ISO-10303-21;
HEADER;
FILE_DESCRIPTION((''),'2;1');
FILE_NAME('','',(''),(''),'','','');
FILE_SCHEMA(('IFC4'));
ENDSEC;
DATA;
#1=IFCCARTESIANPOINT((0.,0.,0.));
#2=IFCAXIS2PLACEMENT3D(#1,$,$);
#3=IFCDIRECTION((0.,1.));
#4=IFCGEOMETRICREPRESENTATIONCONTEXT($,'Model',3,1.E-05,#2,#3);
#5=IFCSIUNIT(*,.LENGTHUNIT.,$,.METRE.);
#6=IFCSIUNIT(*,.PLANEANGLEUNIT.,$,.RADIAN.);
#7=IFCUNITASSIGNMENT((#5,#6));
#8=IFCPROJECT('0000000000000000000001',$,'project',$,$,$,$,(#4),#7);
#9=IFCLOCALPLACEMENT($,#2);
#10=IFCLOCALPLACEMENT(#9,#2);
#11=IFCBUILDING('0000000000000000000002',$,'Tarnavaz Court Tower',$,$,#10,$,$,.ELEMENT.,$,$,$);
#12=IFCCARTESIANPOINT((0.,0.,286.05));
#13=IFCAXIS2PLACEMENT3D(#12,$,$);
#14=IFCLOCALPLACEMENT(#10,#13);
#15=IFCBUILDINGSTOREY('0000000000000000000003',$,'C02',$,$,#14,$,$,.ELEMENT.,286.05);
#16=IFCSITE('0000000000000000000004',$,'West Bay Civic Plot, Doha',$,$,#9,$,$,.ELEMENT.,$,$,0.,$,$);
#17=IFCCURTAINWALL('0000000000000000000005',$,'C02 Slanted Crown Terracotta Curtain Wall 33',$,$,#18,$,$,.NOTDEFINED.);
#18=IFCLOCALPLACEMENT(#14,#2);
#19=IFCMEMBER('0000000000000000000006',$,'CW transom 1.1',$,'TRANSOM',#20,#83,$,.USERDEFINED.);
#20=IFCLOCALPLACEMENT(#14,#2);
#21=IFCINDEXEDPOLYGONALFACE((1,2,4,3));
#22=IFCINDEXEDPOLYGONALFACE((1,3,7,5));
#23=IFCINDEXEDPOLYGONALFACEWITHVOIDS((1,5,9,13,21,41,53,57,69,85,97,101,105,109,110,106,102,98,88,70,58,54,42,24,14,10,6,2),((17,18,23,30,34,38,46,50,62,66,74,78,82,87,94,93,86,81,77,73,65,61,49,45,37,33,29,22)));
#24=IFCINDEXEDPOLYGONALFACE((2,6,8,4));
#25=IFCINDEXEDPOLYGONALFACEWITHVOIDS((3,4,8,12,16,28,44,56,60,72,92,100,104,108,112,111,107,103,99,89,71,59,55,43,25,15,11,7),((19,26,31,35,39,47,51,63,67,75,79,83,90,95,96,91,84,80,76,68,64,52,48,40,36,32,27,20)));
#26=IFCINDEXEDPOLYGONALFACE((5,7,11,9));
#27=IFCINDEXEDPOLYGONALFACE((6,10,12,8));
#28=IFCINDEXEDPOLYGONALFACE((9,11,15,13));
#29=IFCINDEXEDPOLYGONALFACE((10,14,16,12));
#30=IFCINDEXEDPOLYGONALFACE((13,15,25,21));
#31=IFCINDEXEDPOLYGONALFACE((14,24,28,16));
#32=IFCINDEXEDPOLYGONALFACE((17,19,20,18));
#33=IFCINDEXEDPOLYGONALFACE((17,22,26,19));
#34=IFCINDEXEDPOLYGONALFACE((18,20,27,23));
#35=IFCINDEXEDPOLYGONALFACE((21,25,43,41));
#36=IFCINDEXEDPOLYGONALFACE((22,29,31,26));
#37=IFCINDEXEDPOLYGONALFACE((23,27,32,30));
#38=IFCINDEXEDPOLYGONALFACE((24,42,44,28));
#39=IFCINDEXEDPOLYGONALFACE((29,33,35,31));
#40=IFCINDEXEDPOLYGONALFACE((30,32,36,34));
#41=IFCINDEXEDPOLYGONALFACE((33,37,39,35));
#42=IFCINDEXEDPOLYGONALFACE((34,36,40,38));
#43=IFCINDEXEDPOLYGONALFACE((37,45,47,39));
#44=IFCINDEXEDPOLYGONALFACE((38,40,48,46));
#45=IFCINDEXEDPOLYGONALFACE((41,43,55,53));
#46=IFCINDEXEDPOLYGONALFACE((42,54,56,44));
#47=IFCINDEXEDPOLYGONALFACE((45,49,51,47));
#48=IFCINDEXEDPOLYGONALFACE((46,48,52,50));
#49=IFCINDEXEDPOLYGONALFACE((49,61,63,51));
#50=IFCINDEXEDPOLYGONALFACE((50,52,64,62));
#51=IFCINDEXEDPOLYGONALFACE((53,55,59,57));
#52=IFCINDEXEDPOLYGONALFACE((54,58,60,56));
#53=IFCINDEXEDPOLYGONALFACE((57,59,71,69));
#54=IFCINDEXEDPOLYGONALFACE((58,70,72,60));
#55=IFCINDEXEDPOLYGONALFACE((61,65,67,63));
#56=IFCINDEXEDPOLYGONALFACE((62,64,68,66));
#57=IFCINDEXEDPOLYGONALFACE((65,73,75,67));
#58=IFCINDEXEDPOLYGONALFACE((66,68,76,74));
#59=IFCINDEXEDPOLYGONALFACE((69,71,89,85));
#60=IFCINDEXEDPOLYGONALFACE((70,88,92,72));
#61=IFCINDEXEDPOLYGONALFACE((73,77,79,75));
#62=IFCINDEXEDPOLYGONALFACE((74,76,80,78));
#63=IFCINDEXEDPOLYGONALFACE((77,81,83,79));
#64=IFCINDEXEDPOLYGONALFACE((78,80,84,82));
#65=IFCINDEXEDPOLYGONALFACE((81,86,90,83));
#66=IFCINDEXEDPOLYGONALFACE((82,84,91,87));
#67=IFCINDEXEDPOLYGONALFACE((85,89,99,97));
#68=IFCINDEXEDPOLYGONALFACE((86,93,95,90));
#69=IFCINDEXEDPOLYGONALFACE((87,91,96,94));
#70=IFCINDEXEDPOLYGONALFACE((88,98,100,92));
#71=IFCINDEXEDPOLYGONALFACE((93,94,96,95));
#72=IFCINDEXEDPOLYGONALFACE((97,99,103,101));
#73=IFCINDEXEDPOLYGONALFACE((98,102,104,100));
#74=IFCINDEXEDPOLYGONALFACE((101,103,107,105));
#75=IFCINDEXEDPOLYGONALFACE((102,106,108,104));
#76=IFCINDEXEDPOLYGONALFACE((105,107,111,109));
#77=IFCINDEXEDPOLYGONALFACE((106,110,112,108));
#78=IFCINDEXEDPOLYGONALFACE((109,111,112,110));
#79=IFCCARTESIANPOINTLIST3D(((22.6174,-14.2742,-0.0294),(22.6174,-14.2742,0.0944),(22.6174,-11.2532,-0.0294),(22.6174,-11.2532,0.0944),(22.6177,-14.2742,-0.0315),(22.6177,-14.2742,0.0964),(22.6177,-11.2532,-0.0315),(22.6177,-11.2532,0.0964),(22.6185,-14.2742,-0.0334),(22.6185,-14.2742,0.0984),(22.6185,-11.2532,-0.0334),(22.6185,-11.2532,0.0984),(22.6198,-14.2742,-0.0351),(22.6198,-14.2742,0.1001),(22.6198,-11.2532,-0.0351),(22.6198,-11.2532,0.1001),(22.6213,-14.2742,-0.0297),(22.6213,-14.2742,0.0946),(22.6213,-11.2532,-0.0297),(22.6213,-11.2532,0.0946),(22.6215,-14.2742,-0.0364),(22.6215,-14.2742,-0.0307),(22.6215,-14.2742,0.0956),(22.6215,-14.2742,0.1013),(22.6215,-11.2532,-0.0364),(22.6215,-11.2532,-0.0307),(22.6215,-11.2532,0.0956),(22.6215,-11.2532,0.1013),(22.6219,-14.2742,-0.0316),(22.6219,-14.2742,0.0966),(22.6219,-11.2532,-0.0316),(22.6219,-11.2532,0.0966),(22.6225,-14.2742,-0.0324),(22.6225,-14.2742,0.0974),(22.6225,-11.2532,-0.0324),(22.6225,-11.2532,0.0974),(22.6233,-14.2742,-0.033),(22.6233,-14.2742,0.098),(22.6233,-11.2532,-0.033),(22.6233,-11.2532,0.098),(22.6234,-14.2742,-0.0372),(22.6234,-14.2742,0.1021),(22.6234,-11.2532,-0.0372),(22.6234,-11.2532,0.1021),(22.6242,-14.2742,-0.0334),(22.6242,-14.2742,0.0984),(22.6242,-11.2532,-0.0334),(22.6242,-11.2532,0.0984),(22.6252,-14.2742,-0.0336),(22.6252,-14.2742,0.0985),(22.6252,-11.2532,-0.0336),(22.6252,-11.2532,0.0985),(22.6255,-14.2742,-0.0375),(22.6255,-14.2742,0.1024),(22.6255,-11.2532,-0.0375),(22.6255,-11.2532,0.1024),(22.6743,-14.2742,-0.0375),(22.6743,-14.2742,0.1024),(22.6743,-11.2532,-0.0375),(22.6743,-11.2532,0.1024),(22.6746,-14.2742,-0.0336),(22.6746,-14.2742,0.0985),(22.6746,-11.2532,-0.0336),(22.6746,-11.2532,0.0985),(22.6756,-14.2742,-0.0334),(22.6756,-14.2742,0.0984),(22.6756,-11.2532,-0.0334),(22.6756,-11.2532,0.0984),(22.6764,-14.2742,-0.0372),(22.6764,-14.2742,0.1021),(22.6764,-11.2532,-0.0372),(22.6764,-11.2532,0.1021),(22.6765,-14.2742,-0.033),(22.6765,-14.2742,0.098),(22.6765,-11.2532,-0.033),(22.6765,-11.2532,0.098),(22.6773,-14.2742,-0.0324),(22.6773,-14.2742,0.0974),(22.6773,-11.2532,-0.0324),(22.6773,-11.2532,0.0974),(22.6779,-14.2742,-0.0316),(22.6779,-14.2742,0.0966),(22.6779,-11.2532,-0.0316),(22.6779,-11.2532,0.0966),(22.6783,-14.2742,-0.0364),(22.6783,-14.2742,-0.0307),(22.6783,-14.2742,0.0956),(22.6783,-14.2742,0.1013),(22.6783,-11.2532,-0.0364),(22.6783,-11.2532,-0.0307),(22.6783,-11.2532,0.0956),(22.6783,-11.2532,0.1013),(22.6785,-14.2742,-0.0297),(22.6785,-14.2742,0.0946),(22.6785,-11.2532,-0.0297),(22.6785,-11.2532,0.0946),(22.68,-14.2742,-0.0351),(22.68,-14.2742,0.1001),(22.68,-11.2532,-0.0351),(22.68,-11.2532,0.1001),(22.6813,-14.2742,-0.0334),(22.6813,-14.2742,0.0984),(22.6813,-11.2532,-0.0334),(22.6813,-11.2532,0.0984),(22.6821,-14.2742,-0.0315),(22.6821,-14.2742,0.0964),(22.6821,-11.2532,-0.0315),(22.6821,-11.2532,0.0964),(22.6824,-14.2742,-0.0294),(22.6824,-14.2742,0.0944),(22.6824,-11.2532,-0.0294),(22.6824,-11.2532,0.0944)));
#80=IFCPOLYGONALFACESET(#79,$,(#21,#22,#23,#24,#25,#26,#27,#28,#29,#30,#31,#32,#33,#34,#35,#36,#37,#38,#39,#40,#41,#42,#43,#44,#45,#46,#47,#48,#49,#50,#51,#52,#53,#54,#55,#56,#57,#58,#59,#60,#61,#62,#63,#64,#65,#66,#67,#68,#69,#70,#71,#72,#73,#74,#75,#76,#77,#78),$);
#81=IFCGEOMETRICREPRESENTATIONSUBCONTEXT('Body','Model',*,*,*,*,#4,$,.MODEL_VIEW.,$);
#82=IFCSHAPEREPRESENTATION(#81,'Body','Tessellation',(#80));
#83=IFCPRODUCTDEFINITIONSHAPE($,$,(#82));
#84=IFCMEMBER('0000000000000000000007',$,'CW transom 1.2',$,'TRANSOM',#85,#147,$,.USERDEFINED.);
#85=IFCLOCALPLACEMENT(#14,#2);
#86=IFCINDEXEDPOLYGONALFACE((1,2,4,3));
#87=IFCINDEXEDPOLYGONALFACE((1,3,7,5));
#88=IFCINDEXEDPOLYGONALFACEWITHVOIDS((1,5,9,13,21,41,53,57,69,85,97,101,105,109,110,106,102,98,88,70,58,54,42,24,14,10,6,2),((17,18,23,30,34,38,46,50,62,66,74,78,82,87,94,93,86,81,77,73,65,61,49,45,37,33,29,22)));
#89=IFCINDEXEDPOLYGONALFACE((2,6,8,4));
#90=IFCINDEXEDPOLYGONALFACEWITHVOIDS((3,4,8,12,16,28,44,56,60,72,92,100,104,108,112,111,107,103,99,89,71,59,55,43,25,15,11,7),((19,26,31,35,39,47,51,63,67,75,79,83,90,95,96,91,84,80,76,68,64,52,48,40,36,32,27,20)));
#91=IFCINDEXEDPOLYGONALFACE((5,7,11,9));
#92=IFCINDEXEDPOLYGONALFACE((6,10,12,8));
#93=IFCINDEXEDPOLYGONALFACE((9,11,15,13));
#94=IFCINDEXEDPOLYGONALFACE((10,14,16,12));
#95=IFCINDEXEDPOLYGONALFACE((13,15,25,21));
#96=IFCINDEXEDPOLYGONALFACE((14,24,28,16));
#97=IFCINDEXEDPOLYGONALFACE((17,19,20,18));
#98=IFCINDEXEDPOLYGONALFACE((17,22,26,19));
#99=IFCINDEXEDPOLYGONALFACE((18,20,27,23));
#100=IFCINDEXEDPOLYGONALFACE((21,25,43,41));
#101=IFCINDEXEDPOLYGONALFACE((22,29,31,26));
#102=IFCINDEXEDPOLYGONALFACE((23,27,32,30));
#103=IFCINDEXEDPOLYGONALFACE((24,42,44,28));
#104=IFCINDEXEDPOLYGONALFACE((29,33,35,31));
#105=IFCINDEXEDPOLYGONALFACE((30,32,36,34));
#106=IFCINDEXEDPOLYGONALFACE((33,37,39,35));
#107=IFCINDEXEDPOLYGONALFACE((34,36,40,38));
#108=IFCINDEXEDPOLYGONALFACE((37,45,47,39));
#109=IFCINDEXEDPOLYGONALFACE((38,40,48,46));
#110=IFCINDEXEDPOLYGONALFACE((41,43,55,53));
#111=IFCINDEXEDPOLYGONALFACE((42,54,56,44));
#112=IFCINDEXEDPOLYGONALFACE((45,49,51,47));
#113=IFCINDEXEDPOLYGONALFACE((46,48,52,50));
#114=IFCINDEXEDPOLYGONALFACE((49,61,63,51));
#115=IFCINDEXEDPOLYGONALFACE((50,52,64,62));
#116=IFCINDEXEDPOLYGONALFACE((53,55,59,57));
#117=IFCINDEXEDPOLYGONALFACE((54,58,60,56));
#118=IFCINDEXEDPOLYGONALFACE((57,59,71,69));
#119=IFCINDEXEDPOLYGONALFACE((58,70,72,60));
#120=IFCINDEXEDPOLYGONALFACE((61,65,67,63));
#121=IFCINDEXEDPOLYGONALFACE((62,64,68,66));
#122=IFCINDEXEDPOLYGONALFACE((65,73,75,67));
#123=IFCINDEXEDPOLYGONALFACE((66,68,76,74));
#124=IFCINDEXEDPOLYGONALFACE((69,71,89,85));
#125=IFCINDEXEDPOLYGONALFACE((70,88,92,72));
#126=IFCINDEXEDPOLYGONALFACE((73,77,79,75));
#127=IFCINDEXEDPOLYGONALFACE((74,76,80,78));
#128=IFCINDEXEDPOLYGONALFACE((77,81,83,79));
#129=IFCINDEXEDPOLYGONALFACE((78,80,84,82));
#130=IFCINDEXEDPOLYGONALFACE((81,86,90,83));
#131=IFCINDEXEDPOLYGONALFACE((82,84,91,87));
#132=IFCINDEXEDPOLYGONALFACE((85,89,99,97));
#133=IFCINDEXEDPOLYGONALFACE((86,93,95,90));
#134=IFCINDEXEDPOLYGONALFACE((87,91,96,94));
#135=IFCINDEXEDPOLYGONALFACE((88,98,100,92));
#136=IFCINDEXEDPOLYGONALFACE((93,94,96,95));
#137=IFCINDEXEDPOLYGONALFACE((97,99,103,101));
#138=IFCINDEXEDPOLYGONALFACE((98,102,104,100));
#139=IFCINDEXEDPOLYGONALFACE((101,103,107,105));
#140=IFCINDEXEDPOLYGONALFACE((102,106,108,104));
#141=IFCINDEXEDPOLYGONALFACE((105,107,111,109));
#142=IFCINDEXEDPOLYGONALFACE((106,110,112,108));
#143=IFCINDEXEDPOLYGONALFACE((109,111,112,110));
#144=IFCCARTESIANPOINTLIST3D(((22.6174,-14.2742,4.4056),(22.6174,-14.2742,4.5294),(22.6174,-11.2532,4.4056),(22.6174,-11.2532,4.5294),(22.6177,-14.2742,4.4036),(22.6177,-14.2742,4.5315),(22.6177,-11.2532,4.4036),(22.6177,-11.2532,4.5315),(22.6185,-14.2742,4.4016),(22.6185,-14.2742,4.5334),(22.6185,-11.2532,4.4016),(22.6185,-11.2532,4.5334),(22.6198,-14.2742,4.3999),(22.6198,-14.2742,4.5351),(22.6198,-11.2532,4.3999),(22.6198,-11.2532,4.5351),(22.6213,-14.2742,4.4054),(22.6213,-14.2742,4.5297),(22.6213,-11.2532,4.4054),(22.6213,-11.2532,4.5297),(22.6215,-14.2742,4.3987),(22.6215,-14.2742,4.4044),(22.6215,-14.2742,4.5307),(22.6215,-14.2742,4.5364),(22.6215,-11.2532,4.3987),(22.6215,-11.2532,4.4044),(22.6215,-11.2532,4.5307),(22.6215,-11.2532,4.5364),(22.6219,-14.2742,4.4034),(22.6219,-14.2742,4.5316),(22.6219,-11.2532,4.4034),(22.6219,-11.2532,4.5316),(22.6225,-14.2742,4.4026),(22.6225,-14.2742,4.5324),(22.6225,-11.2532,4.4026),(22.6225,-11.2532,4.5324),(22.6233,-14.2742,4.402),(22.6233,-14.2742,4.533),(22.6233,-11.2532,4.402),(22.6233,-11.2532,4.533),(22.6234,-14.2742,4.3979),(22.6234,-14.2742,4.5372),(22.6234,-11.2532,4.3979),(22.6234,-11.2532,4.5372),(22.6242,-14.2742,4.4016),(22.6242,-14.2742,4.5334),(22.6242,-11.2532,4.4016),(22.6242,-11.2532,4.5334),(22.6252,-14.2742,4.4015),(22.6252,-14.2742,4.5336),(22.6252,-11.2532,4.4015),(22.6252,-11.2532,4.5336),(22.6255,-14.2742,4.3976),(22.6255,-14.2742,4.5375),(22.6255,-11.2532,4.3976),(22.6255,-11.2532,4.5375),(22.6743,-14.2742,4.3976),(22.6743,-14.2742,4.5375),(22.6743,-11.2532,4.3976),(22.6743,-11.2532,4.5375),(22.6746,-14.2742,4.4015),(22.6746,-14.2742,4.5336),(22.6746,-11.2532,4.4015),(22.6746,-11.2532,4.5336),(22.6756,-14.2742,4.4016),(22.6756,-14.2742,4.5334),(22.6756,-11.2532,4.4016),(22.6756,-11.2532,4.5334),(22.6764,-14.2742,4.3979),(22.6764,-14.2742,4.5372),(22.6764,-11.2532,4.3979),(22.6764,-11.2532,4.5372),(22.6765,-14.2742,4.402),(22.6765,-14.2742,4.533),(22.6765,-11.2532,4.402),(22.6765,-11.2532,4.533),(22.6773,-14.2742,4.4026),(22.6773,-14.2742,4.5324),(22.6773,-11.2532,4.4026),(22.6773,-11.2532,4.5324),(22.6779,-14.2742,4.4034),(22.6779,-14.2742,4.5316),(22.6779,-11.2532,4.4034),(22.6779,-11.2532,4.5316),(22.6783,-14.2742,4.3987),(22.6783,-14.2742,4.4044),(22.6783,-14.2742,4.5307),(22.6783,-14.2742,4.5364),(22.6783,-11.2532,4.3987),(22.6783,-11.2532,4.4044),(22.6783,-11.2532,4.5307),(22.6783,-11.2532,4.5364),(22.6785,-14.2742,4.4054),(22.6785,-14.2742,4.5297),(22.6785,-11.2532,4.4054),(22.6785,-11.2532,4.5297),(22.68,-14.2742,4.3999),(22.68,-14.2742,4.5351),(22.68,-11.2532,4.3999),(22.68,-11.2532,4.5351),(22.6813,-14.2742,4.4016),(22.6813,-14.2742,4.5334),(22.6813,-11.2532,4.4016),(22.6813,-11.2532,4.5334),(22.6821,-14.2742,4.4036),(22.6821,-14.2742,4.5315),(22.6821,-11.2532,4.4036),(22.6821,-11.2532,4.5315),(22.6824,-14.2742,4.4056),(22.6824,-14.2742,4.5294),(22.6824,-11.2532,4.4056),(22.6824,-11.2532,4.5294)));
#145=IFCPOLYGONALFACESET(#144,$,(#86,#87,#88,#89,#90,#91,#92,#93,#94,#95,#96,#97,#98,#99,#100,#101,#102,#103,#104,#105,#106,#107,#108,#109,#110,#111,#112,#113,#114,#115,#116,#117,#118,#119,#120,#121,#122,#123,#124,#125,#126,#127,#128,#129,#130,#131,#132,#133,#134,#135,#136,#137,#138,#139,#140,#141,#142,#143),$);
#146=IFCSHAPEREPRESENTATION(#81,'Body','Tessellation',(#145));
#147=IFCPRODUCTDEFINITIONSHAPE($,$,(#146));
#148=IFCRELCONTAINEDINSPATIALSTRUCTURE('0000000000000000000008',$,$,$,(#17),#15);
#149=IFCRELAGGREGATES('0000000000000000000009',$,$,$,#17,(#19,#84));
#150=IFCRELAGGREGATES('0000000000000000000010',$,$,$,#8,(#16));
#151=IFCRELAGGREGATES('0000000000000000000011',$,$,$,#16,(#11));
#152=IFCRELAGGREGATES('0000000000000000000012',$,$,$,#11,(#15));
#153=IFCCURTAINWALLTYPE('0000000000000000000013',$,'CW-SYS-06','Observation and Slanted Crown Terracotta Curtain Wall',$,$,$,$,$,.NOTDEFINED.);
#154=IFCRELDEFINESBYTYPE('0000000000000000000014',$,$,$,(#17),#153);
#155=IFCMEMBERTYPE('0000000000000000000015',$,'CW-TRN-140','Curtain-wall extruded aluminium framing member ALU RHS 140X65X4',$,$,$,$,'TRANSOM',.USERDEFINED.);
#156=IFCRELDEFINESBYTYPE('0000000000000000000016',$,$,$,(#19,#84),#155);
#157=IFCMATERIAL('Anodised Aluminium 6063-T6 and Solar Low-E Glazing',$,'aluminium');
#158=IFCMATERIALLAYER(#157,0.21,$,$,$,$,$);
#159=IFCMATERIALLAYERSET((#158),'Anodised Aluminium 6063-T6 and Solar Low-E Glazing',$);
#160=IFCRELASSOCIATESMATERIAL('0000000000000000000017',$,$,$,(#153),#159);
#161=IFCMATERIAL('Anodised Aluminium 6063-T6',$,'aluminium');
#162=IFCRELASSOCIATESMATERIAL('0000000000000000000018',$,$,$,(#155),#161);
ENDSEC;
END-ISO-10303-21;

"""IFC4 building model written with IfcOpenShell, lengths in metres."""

from ifc_helpers import new_model, si_unit, direction, frame, origin, origin_2d, place, context, subcontext, project, spatial, hollow_rectangle, extrude, material, layer, layer_set, material_profile, profile_set, type_object, element, aggregate, save


model = new_model("IFC4")

# Units and contexts
model_context = context("Model", 3, precision=1e-05, world=origin(), true_north=direction((0.0, 1.0)))
body_context = subcontext(model_context, "Body", "Model", "MODEL_VIEW")
ifc_project = project(units=[si_unit("LENGTHUNIT", "METRE"), si_unit("PLANEANGLEUNIT", "RADIAN")], contexts=[model_context])

# Site, building, storey
site_placement = place(None, origin())
site = spatial("IfcSite", under=ifc_project, at=site_placement, Name="West Bay Civic Plot, Doha", CompositionType="ELEMENT", RefElevation=0.0)
building_placement = place(site_placement, origin())
building = spatial("IfcBuilding", under=site, at=building_placement, Name="Tarnavaz Court Tower", CompositionType="ELEMENT")
storey_placement = place(building_placement, frame((0.0, 0.0, 286.05)))
storey = spatial("IfcBuildingStorey", under=building, at=storey_placement, Name="C02", CompositionType="ELEMENT", Elevation=286.05)

# Shared definitions
ifc_material_1 = material(Name="Anodised Aluminium 6063-T6 and Solar Low-E Glazing", Category="aluminium")
ifc_layer_1 = layer(ifc_material_1, 0.21)
ifc_layer_set_1 = layer_set([ifc_layer_1], Name="Anodised Aluminium 6063-T6 and Solar Low-E Glazing")
curtain_wall_type = type_object("IfcCurtainWallType", Name="CW-SYS-06", Description="Observation and Slanted Crown Terracotta Curtain Wall", PredefinedType="NOTDEFINED", material=ifc_layer_set_1)
ifc_material_2 = material(Name="Anodised Aluminium 6063-T6", Category="aluminium")

# Curtain wall
curtain_wall_1_placement = place(storey_placement, origin())
curtain_wall_1 = element("IfcCurtainWall", 1, at=curtain_wall_1_placement, inside=storey, type_object=curtain_wall_type, Name="C02 Slanted Crown Terracotta Curtain Wall 33", PredefinedType="NOTDEFINED")

# Members
ifc_material_profile_1 = material_profile(ifc_material_2, hollow_rectangle(XDim=0.0649, YDim=0.1399, WallThickness=0.0039, InnerFilletRadius=0.0039, OuterFilletRadius=0.0081, at=origin_2d()), Name="ALU RHS 140X65X4")
ifc_profile_set_1 = profile_set([ifc_material_profile_1], Name="Anodised Aluminium 6063-T6")
member_type_1 = type_object("IfcMemberType", Name="CW-TRN-140", Description="Curtain-wall extruded aluminium framing member ALU RHS 140X65X4", ElementType="TRANSOM", PredefinedType="USERDEFINED", material=ifc_profile_set_1)
member_1_placement = place(storey_placement, frame((22.6499, -11.2532, 0.0325), z_axis=(0.0, -1.0, 0.0), x_axis=(1.0, 0.0, 0.0)))
member_1 = element("IfcMember", 2, at=member_1_placement, type_object=member_type_1, Name="CW transom 1.1", ObjectType="TRANSOM", PredefinedType="USERDEFINED", context=body_context, shape_type="SweptSolid", body=[
    extrude(hollow_rectangle(XDim=0.0649, YDim=0.1399, WallThickness=0.0039, InnerFilletRadius=0.0039, OuterFilletRadius=0.0081, at=origin_2d()), origin(), (0.0, 0.0, 1.0), 3.021),
])
member_2_placement = place(storey_placement, frame((22.6499, -11.2532, 4.4675), z_axis=(0.0, -1.0, 0.0), x_axis=(1.0, 0.0, 0.0)))
member_2 = element("IfcMember", 3, at=member_2_placement, type_object=member_type_1, Name="CW transom 1.2", ObjectType="TRANSOM", PredefinedType="USERDEFINED", context=body_context, shape_type="SweptSolid", body=[
    extrude(hollow_rectangle(XDim=0.0649, YDim=0.1399, WallThickness=0.0039, InnerFilletRadius=0.0039, OuterFilletRadius=0.0081, at=origin_2d()), origin(), (0.0, 0.0, 1.0), 3.021),
])

aggregate(curtain_wall_1, [member_1, member_2])

save(model, "model.ifc")
